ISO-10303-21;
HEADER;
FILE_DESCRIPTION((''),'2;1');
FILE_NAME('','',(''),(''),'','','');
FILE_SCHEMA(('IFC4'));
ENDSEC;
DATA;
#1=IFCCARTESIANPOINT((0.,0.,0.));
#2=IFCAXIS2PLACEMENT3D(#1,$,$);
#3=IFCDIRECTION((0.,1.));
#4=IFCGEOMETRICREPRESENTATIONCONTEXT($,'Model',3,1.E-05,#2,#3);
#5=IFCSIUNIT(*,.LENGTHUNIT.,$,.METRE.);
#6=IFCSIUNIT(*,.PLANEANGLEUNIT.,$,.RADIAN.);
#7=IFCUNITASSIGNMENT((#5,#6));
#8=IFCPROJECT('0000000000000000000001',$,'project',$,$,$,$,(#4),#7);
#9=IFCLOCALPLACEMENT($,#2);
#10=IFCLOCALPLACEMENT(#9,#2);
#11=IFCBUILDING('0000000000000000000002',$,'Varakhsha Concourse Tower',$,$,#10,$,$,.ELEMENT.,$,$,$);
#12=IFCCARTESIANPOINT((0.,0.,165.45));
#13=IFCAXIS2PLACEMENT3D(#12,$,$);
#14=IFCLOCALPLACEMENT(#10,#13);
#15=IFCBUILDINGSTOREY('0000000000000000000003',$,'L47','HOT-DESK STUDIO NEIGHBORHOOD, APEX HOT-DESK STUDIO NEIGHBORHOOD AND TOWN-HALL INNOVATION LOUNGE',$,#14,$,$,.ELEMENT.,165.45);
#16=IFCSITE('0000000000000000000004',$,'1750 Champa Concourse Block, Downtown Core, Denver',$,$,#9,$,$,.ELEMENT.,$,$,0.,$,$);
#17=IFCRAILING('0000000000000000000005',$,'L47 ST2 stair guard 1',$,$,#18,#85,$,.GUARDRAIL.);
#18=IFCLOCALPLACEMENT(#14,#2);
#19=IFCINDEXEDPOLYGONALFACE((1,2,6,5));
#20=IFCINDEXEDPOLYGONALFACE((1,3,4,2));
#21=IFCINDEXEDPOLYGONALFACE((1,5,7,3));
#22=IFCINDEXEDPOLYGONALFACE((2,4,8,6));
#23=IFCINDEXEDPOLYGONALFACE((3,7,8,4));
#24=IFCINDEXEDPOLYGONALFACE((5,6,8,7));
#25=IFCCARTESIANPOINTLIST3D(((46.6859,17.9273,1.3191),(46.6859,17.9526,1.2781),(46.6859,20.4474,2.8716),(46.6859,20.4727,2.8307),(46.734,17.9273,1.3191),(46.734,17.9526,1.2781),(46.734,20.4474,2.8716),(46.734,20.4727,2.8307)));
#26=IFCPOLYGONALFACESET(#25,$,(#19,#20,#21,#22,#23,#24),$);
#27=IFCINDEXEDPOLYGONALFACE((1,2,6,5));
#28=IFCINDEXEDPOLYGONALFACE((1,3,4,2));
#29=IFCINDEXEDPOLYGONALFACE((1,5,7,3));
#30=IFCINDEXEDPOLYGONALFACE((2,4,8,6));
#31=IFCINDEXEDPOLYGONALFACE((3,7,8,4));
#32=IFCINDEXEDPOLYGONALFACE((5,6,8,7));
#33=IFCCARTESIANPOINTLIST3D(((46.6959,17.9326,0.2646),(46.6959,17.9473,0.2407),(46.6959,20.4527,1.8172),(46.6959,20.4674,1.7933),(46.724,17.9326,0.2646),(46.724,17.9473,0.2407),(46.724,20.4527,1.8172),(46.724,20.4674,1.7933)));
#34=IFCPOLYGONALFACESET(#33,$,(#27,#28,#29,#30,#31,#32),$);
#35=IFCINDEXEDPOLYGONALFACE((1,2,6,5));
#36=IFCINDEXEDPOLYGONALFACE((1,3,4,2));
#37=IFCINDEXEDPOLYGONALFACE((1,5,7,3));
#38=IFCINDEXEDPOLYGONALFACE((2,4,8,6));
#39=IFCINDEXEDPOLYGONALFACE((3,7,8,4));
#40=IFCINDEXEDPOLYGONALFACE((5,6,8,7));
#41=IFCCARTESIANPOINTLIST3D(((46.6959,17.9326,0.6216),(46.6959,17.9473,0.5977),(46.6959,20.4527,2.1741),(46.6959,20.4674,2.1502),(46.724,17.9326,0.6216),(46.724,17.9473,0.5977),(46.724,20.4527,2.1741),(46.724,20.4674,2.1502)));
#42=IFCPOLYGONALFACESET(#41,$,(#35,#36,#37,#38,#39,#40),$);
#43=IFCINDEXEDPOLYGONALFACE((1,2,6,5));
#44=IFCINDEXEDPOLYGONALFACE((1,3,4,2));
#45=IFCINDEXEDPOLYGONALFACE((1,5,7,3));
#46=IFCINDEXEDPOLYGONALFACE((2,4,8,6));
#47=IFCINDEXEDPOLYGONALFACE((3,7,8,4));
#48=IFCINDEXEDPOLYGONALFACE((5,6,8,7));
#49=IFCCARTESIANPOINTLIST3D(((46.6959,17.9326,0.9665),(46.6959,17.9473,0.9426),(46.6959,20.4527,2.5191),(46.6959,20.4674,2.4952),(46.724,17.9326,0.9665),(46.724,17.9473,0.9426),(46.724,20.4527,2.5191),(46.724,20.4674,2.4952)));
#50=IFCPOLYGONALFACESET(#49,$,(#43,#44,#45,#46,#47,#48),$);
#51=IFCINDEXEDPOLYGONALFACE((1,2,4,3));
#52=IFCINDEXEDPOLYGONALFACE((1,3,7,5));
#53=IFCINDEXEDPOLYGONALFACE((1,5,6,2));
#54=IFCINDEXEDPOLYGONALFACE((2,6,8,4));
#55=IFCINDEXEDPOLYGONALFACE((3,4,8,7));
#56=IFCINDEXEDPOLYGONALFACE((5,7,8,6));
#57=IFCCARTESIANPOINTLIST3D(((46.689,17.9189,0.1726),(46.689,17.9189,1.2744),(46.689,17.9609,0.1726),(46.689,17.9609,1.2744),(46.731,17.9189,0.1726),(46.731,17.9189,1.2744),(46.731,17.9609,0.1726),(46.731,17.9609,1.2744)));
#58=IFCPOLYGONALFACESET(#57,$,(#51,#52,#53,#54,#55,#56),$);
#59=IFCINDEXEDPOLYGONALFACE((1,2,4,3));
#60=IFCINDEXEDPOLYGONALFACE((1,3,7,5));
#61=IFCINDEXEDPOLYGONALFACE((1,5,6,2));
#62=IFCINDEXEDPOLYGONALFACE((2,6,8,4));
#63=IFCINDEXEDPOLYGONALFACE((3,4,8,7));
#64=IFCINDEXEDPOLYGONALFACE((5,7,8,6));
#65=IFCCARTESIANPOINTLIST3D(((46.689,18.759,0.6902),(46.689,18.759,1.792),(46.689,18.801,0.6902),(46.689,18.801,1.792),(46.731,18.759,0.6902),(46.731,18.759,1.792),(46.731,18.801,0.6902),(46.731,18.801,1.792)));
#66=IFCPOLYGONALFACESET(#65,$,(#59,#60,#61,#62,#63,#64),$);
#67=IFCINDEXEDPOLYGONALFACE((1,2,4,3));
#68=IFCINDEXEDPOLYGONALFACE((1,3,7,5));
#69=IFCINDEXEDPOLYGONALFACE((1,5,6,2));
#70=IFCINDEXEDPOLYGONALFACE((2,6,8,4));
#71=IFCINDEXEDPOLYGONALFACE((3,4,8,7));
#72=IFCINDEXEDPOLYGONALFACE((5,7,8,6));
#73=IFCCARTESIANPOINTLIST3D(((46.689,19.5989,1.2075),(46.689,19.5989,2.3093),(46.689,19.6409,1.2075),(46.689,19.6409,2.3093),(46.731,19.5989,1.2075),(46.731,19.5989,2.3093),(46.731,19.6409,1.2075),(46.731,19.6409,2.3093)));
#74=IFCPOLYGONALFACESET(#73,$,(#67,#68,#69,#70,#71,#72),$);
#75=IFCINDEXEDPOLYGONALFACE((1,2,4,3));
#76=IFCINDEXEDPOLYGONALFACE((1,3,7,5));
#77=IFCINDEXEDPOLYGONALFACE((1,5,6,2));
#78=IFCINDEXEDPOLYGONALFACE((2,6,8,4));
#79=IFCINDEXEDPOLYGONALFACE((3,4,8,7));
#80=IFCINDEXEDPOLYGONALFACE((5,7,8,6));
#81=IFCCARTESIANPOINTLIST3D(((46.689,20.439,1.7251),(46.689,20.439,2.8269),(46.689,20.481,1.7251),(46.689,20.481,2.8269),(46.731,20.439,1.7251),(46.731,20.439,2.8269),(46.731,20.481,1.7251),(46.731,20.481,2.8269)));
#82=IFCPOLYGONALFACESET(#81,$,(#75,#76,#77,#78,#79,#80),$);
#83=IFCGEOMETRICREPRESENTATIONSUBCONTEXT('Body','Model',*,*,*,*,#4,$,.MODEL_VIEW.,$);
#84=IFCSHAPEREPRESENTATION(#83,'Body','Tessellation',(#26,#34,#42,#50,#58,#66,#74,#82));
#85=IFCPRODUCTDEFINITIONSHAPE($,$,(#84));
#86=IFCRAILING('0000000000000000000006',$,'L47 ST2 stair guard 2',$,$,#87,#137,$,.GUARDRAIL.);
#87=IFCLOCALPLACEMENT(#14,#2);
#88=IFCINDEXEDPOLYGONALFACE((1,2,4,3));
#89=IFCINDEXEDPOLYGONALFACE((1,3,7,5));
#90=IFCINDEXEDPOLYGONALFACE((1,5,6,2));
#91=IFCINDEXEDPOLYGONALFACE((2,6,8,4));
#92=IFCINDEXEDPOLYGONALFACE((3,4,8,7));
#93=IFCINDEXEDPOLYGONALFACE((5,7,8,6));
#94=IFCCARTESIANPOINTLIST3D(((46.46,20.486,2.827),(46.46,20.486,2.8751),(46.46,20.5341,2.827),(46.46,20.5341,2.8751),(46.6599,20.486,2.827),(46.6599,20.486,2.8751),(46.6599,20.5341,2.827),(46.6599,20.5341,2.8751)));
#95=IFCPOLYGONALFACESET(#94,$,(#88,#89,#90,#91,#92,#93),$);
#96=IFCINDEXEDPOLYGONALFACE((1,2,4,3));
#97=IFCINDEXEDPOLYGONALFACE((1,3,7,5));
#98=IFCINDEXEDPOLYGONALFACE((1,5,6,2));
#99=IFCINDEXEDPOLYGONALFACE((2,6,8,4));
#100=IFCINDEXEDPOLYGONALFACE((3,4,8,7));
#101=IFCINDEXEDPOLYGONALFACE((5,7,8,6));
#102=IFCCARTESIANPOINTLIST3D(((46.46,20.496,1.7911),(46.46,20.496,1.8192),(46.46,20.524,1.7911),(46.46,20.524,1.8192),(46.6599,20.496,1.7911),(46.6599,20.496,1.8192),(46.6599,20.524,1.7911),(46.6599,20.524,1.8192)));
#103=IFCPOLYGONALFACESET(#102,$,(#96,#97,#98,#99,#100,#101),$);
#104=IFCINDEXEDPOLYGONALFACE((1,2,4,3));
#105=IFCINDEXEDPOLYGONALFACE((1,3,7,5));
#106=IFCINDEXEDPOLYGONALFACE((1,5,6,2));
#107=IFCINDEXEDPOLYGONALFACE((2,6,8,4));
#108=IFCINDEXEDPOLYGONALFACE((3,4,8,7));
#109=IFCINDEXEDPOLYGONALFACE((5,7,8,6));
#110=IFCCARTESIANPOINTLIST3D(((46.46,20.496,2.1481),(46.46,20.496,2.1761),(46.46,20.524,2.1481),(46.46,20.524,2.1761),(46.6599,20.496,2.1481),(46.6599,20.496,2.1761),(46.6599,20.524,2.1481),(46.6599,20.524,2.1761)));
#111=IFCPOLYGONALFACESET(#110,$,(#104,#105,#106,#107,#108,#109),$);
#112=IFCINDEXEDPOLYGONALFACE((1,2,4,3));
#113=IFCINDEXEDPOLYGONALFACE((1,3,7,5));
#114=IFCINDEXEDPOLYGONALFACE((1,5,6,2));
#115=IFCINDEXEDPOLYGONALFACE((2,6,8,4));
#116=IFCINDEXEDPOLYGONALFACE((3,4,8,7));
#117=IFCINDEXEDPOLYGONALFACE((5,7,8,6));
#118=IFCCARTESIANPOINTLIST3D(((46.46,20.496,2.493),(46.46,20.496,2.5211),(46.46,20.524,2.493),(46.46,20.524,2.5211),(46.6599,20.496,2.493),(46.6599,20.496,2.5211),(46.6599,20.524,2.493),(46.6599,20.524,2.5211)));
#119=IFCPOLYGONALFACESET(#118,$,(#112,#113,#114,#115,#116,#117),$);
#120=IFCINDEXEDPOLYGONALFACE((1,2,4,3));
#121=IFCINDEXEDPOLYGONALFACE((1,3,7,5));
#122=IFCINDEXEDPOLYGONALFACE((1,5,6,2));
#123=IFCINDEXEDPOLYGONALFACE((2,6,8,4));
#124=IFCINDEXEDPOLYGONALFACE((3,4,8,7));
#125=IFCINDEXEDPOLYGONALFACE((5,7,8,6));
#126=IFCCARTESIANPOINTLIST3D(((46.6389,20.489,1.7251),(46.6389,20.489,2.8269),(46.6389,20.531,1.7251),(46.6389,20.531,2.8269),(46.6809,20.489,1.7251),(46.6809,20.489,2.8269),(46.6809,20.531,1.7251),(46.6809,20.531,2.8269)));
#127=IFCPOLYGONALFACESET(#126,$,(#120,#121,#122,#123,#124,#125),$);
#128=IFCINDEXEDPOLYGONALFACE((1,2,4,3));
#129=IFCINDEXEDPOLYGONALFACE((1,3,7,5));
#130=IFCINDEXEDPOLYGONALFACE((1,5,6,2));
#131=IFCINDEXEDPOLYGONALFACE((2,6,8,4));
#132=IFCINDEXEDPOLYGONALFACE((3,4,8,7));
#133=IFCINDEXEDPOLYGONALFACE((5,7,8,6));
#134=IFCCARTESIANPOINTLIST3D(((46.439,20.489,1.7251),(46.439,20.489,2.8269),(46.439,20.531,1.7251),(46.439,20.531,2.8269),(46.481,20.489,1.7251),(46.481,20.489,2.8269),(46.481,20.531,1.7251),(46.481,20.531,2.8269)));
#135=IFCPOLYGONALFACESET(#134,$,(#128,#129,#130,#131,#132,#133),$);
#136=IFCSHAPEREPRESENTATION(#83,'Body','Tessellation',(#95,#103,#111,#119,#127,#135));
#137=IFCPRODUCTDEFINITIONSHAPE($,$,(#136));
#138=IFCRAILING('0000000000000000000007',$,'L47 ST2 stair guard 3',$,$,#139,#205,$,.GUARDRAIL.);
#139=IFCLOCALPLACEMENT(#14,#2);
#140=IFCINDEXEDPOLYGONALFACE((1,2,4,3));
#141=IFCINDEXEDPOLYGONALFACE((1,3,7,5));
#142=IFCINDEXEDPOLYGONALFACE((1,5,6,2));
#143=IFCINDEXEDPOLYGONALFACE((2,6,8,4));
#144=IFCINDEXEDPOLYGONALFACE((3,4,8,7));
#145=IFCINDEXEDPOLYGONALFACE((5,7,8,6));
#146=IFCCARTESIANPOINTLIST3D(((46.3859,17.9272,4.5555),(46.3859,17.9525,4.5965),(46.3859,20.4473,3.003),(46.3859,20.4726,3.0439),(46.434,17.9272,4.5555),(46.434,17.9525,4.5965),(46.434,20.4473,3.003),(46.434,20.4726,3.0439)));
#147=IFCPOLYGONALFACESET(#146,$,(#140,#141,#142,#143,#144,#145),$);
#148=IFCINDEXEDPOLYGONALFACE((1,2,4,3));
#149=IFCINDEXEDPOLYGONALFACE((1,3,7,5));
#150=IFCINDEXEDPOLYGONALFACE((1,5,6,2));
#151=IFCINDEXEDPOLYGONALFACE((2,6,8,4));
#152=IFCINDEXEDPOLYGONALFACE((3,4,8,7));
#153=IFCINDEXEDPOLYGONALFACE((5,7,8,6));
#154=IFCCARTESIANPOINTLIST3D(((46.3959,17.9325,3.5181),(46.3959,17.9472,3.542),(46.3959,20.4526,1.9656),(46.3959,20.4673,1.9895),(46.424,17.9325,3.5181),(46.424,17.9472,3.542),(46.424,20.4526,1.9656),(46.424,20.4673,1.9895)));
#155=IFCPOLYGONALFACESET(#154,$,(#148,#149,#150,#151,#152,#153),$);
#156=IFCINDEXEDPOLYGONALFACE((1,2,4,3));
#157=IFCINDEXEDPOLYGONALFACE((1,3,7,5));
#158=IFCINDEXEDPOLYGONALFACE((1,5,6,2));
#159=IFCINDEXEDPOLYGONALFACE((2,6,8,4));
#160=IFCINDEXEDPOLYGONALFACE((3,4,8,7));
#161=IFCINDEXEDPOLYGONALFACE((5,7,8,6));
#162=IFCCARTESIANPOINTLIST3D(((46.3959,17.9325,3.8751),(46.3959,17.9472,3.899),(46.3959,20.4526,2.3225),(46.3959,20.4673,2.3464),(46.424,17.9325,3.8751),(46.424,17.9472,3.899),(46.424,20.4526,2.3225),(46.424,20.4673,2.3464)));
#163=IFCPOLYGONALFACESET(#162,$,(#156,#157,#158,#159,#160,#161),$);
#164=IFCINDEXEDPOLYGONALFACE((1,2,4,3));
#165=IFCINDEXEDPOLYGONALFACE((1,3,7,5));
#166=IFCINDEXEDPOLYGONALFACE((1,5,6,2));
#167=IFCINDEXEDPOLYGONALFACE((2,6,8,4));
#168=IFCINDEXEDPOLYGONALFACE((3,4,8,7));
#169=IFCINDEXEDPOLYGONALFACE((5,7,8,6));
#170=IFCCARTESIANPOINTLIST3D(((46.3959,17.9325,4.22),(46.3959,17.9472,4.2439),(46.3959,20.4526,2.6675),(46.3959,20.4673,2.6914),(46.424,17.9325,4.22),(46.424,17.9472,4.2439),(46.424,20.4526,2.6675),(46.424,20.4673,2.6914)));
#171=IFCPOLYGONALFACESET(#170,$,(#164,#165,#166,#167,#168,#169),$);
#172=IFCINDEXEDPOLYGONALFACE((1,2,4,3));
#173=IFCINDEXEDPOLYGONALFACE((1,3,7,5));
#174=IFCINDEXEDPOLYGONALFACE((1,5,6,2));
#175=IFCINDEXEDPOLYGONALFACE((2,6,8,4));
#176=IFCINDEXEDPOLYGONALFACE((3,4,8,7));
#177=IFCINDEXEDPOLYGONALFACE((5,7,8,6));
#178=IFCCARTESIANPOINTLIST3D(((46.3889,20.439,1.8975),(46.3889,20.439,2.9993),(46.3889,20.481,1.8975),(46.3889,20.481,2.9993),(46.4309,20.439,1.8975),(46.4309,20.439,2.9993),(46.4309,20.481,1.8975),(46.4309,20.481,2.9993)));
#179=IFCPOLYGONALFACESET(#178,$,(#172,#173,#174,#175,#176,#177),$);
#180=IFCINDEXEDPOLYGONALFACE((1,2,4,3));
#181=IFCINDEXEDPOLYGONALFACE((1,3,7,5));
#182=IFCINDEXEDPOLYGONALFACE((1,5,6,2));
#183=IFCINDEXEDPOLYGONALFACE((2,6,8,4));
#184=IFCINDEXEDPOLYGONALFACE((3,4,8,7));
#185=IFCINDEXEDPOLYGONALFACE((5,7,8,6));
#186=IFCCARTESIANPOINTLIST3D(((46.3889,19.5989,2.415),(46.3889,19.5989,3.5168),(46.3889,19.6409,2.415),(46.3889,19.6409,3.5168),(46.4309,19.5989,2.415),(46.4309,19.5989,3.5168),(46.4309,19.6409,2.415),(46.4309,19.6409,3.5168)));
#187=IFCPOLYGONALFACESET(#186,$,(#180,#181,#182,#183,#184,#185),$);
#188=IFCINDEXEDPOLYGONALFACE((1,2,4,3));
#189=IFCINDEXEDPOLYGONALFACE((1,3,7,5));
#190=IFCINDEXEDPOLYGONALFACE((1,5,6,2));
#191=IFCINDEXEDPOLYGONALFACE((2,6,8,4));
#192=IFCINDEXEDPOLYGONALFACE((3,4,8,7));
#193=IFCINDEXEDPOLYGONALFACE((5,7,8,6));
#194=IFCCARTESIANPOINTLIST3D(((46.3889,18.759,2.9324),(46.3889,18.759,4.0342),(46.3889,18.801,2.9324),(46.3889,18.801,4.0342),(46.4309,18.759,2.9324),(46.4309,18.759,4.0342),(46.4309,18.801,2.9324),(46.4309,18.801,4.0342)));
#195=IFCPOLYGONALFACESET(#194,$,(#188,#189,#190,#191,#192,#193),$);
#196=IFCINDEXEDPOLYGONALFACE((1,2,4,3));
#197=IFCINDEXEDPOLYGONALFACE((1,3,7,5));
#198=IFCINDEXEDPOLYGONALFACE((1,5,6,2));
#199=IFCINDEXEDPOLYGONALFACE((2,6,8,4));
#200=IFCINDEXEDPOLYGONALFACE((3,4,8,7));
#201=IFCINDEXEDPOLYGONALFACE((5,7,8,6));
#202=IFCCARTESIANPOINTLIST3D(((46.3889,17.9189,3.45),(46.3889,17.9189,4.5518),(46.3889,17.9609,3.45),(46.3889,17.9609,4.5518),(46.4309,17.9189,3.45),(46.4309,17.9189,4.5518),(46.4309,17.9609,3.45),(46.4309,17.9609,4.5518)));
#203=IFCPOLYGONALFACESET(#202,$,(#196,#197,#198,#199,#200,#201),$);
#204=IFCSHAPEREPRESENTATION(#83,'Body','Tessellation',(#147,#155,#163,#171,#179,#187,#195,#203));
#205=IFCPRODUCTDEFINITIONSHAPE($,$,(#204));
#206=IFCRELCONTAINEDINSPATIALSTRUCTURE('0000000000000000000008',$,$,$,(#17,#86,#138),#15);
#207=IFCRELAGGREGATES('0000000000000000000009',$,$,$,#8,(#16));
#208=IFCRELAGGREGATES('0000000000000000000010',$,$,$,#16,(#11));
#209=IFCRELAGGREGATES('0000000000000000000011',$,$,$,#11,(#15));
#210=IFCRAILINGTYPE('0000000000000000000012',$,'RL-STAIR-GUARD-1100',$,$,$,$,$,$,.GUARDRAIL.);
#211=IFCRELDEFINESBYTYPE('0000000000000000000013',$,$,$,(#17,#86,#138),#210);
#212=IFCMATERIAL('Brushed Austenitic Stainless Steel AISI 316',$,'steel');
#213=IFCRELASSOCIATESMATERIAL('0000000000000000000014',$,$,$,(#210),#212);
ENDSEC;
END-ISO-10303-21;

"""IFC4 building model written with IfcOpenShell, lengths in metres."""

from ifc_helpers import new_model, si_unit, direction, frame, origin, origin_2d, place, context, subcontext, project, spatial, rectangle, extrude, material, type_object, element, save


model = new_model("IFC4")

# Units and contexts
model_context = context("Model", 3, precision=1e-05, world=origin(), true_north=direction((0.0, 1.0)))
body_context = subcontext(model_context, "Body", "Model", "MODEL_VIEW")
ifc_project = project(units=[si_unit("LENGTHUNIT", "METRE"), si_unit("PLANEANGLEUNIT", "RADIAN")], contexts=[model_context])

# Site, building, storey
site_placement = place(None, origin())
site = spatial("IfcSite", under=ifc_project, at=site_placement, Name="1750 Champa Concourse Block, Downtown Core, Denver", CompositionType="ELEMENT", RefElevation=0.0)
building_placement = place(site_placement, origin())
building = spatial("IfcBuilding", under=site, at=building_placement, Name="Varakhsha Concourse Tower", CompositionType="ELEMENT")
storey_placement = place(building_placement, frame((0.0, 0.0, 165.45)))
storey = spatial("IfcBuildingStorey", under=building, at=storey_placement, Name="L47", Description="HOT-DESK STUDIO NEIGHBORHOOD, APEX HOT-DESK STUDIO NEIGHBORHOOD AND TOWN-HALL INNOVATION LOUNGE", CompositionType="ELEMENT", Elevation=165.45)

# Railings
ifc_material_1 = material(Name="Brushed Austenitic Stainless Steel AISI 316", Category="steel")
railing_type_1 = type_object("IfcRailingType", Name="RL-STAIR-GUARD-1100", PredefinedType="GUARDRAIL", material=ifc_material_1)
railing_1_placement = place(storey_placement, frame((46.71, 17.9399, 0.1726)))
element("IfcRailing", 1, at=railing_1_placement, inside=storey, type_object=railing_type_1, Name="L47 ST2 stair guard 1", PredefinedType="GUARDRAIL", context=body_context, shape_type="SweptSolid", body=[
    extrude(rectangle(XDim=0.0481, YDim=0.0481, at=origin_2d()), frame((0.0, 0.0, 1.126), z_axis=(0.0, 0.8514, 0.524516), x_axis=(-1.0, 0.0, 0.0)), (0.0, 0.0, 1.0), 2.96),
    extrude(rectangle(XDim=0.0281, YDim=0.0281, at=origin_2d()), frame((0.0, 0.0, 0.0801), z_axis=(0.0, 0.8514, 0.524516), x_axis=(-1.0, 0.0, 0.0)), (0.0, 0.0, 1.0), 2.96),
    extrude(rectangle(XDim=0.0281, YDim=0.0281, at=origin_2d()), frame((0.0, 0.0, 0.437), z_axis=(0.0, 0.8514, 0.524516), x_axis=(-1.0, 0.0, 0.0)), (0.0, 0.0, 1.0), 2.96),
    extrude(rectangle(XDim=0.0281, YDim=0.0281, at=origin_2d()), frame((0.0, 0.0, 0.782), z_axis=(0.0, 0.8514, 0.524516), x_axis=(-1.0, 0.0, 0.0)), (0.0, 0.0, 1.0), 2.96),
    extrude(rectangle(XDim=0.042, YDim=0.042, at=origin_2d()), origin(), (0.0, 0.0, 1.0), 1.1018),
    extrude(rectangle(XDim=0.042, YDim=0.042, at=origin_2d()), frame((0.0, 0.8401, 0.5176)), (0.0, 0.0, 1.0), 1.1018),
    extrude(rectangle(XDim=0.042, YDim=0.042, at=origin_2d()), frame((0.0, 1.6799, 1.0349)), (0.0, 0.0, 1.0), 1.1018),
    extrude(rectangle(XDim=0.042, YDim=0.042, at=origin_2d()), frame((0.0, 2.52, 1.5525)), (0.0, 0.0, 1.0), 1.1018),
])
railing_2_placement = place(storey_placement, frame((46.6599, 20.51, 1.7251)))
element("IfcRailing", 2, at=railing_2_placement, inside=storey, type_object=railing_type_1, Name="L47 ST2 stair guard 2", PredefinedType="GUARDRAIL", context=body_context, shape_type="SweptSolid", body=[
    extrude(rectangle(XDim=0.0481, YDim=0.0481, at=origin_2d()), frame((0.0, 0.0, 1.126), z_axis=(-1.0, 0.0, 0.0), x_axis=(0.0, -1.0, 0.0)), (0.0, 0.0, 1.0), 0.2),
    extrude(rectangle(XDim=0.0281, YDim=0.0281, at=origin_2d()), frame((0.0, 0.0, 0.0801), z_axis=(-1.0, 0.0, 0.0), x_axis=(0.0, -1.0, 0.0)), (0.0, 0.0, 1.0), 0.2),
    extrude(rectangle(XDim=0.0281, YDim=0.0281, at=origin_2d()), frame((0.0, 0.0, 0.437), z_axis=(-1.0, 0.0, 0.0), x_axis=(0.0, -1.0, 0.0)), (0.0, 0.0, 1.0), 0.2),
    extrude(rectangle(XDim=0.0281, YDim=0.0281, at=origin_2d()), frame((0.0, 0.0, 0.782), z_axis=(-1.0, 0.0, 0.0), x_axis=(0.0, -1.0, 0.0)), (0.0, 0.0, 1.0), 0.2),
    extrude(rectangle(XDim=0.042, YDim=0.042, at=origin_2d()), origin(), (0.0, 0.0, 1.0), 1.1018),
    extrude(rectangle(XDim=0.042, YDim=0.042, at=origin_2d()), frame((-0.2, 0.0, 0.0)), (0.0, 0.0, 1.0), 1.1018),
])
railing_3_placement = place(storey_placement, frame((46.4099, 20.46, 1.8975)))
element("IfcRailing", 3, at=railing_3_placement, inside=storey, type_object=railing_type_1, Name="L47 ST2 stair guard 3", PredefinedType="GUARDRAIL", context=body_context, shape_type="SweptSolid", body=[
    extrude(rectangle(XDim=0.0481, YDim=0.0481, at=origin_2d()), frame((0.0, 0.0, 1.126), z_axis=(0.0, -0.8514, 0.524516), x_axis=(1.0, 0.0, 0.0)), (0.0, 0.0, 1.0), 2.96),
    extrude(rectangle(XDim=0.0281, YDim=0.0281, at=origin_2d()), frame((0.0, 0.0, 0.0801), z_axis=(0.0, -0.8514, 0.524516), x_axis=(1.0, 0.0, 0.0)), (0.0, 0.0, 1.0), 2.96),
    extrude(rectangle(XDim=0.0281, YDim=0.0281, at=origin_2d()), frame((0.0, 0.0, 0.437), z_axis=(0.0, -0.8514, 0.524516), x_axis=(1.0, 0.0, 0.0)), (0.0, 0.0, 1.0), 2.96),
    extrude(rectangle(XDim=0.0281, YDim=0.0281, at=origin_2d()), frame((0.0, 0.0, 0.782), z_axis=(0.0, -0.8514, 0.524516), x_axis=(1.0, 0.0, 0.0)), (0.0, 0.0, 1.0), 2.96),
    extrude(rectangle(XDim=0.042, YDim=0.042, at=origin_2d()), origin(), (0.0, 0.0, 1.0), 1.1018),
    extrude(rectangle(XDim=0.042, YDim=0.042, at=origin_2d()), frame((0.0, -0.8401, 0.5176)), (0.0, 0.0, 1.0), 1.1018),
    extrude(rectangle(XDim=0.042, YDim=0.042, at=origin_2d()), frame((0.0, -1.6799, 1.0349)), (0.0, 0.0, 1.0), 1.1018),
    extrude(rectangle(XDim=0.042, YDim=0.042, at=origin_2d()), frame((0.0, -2.52, 1.5525)), (0.0, 0.0, 1.0), 1.1018),
])

save(model, "model.ifc")
